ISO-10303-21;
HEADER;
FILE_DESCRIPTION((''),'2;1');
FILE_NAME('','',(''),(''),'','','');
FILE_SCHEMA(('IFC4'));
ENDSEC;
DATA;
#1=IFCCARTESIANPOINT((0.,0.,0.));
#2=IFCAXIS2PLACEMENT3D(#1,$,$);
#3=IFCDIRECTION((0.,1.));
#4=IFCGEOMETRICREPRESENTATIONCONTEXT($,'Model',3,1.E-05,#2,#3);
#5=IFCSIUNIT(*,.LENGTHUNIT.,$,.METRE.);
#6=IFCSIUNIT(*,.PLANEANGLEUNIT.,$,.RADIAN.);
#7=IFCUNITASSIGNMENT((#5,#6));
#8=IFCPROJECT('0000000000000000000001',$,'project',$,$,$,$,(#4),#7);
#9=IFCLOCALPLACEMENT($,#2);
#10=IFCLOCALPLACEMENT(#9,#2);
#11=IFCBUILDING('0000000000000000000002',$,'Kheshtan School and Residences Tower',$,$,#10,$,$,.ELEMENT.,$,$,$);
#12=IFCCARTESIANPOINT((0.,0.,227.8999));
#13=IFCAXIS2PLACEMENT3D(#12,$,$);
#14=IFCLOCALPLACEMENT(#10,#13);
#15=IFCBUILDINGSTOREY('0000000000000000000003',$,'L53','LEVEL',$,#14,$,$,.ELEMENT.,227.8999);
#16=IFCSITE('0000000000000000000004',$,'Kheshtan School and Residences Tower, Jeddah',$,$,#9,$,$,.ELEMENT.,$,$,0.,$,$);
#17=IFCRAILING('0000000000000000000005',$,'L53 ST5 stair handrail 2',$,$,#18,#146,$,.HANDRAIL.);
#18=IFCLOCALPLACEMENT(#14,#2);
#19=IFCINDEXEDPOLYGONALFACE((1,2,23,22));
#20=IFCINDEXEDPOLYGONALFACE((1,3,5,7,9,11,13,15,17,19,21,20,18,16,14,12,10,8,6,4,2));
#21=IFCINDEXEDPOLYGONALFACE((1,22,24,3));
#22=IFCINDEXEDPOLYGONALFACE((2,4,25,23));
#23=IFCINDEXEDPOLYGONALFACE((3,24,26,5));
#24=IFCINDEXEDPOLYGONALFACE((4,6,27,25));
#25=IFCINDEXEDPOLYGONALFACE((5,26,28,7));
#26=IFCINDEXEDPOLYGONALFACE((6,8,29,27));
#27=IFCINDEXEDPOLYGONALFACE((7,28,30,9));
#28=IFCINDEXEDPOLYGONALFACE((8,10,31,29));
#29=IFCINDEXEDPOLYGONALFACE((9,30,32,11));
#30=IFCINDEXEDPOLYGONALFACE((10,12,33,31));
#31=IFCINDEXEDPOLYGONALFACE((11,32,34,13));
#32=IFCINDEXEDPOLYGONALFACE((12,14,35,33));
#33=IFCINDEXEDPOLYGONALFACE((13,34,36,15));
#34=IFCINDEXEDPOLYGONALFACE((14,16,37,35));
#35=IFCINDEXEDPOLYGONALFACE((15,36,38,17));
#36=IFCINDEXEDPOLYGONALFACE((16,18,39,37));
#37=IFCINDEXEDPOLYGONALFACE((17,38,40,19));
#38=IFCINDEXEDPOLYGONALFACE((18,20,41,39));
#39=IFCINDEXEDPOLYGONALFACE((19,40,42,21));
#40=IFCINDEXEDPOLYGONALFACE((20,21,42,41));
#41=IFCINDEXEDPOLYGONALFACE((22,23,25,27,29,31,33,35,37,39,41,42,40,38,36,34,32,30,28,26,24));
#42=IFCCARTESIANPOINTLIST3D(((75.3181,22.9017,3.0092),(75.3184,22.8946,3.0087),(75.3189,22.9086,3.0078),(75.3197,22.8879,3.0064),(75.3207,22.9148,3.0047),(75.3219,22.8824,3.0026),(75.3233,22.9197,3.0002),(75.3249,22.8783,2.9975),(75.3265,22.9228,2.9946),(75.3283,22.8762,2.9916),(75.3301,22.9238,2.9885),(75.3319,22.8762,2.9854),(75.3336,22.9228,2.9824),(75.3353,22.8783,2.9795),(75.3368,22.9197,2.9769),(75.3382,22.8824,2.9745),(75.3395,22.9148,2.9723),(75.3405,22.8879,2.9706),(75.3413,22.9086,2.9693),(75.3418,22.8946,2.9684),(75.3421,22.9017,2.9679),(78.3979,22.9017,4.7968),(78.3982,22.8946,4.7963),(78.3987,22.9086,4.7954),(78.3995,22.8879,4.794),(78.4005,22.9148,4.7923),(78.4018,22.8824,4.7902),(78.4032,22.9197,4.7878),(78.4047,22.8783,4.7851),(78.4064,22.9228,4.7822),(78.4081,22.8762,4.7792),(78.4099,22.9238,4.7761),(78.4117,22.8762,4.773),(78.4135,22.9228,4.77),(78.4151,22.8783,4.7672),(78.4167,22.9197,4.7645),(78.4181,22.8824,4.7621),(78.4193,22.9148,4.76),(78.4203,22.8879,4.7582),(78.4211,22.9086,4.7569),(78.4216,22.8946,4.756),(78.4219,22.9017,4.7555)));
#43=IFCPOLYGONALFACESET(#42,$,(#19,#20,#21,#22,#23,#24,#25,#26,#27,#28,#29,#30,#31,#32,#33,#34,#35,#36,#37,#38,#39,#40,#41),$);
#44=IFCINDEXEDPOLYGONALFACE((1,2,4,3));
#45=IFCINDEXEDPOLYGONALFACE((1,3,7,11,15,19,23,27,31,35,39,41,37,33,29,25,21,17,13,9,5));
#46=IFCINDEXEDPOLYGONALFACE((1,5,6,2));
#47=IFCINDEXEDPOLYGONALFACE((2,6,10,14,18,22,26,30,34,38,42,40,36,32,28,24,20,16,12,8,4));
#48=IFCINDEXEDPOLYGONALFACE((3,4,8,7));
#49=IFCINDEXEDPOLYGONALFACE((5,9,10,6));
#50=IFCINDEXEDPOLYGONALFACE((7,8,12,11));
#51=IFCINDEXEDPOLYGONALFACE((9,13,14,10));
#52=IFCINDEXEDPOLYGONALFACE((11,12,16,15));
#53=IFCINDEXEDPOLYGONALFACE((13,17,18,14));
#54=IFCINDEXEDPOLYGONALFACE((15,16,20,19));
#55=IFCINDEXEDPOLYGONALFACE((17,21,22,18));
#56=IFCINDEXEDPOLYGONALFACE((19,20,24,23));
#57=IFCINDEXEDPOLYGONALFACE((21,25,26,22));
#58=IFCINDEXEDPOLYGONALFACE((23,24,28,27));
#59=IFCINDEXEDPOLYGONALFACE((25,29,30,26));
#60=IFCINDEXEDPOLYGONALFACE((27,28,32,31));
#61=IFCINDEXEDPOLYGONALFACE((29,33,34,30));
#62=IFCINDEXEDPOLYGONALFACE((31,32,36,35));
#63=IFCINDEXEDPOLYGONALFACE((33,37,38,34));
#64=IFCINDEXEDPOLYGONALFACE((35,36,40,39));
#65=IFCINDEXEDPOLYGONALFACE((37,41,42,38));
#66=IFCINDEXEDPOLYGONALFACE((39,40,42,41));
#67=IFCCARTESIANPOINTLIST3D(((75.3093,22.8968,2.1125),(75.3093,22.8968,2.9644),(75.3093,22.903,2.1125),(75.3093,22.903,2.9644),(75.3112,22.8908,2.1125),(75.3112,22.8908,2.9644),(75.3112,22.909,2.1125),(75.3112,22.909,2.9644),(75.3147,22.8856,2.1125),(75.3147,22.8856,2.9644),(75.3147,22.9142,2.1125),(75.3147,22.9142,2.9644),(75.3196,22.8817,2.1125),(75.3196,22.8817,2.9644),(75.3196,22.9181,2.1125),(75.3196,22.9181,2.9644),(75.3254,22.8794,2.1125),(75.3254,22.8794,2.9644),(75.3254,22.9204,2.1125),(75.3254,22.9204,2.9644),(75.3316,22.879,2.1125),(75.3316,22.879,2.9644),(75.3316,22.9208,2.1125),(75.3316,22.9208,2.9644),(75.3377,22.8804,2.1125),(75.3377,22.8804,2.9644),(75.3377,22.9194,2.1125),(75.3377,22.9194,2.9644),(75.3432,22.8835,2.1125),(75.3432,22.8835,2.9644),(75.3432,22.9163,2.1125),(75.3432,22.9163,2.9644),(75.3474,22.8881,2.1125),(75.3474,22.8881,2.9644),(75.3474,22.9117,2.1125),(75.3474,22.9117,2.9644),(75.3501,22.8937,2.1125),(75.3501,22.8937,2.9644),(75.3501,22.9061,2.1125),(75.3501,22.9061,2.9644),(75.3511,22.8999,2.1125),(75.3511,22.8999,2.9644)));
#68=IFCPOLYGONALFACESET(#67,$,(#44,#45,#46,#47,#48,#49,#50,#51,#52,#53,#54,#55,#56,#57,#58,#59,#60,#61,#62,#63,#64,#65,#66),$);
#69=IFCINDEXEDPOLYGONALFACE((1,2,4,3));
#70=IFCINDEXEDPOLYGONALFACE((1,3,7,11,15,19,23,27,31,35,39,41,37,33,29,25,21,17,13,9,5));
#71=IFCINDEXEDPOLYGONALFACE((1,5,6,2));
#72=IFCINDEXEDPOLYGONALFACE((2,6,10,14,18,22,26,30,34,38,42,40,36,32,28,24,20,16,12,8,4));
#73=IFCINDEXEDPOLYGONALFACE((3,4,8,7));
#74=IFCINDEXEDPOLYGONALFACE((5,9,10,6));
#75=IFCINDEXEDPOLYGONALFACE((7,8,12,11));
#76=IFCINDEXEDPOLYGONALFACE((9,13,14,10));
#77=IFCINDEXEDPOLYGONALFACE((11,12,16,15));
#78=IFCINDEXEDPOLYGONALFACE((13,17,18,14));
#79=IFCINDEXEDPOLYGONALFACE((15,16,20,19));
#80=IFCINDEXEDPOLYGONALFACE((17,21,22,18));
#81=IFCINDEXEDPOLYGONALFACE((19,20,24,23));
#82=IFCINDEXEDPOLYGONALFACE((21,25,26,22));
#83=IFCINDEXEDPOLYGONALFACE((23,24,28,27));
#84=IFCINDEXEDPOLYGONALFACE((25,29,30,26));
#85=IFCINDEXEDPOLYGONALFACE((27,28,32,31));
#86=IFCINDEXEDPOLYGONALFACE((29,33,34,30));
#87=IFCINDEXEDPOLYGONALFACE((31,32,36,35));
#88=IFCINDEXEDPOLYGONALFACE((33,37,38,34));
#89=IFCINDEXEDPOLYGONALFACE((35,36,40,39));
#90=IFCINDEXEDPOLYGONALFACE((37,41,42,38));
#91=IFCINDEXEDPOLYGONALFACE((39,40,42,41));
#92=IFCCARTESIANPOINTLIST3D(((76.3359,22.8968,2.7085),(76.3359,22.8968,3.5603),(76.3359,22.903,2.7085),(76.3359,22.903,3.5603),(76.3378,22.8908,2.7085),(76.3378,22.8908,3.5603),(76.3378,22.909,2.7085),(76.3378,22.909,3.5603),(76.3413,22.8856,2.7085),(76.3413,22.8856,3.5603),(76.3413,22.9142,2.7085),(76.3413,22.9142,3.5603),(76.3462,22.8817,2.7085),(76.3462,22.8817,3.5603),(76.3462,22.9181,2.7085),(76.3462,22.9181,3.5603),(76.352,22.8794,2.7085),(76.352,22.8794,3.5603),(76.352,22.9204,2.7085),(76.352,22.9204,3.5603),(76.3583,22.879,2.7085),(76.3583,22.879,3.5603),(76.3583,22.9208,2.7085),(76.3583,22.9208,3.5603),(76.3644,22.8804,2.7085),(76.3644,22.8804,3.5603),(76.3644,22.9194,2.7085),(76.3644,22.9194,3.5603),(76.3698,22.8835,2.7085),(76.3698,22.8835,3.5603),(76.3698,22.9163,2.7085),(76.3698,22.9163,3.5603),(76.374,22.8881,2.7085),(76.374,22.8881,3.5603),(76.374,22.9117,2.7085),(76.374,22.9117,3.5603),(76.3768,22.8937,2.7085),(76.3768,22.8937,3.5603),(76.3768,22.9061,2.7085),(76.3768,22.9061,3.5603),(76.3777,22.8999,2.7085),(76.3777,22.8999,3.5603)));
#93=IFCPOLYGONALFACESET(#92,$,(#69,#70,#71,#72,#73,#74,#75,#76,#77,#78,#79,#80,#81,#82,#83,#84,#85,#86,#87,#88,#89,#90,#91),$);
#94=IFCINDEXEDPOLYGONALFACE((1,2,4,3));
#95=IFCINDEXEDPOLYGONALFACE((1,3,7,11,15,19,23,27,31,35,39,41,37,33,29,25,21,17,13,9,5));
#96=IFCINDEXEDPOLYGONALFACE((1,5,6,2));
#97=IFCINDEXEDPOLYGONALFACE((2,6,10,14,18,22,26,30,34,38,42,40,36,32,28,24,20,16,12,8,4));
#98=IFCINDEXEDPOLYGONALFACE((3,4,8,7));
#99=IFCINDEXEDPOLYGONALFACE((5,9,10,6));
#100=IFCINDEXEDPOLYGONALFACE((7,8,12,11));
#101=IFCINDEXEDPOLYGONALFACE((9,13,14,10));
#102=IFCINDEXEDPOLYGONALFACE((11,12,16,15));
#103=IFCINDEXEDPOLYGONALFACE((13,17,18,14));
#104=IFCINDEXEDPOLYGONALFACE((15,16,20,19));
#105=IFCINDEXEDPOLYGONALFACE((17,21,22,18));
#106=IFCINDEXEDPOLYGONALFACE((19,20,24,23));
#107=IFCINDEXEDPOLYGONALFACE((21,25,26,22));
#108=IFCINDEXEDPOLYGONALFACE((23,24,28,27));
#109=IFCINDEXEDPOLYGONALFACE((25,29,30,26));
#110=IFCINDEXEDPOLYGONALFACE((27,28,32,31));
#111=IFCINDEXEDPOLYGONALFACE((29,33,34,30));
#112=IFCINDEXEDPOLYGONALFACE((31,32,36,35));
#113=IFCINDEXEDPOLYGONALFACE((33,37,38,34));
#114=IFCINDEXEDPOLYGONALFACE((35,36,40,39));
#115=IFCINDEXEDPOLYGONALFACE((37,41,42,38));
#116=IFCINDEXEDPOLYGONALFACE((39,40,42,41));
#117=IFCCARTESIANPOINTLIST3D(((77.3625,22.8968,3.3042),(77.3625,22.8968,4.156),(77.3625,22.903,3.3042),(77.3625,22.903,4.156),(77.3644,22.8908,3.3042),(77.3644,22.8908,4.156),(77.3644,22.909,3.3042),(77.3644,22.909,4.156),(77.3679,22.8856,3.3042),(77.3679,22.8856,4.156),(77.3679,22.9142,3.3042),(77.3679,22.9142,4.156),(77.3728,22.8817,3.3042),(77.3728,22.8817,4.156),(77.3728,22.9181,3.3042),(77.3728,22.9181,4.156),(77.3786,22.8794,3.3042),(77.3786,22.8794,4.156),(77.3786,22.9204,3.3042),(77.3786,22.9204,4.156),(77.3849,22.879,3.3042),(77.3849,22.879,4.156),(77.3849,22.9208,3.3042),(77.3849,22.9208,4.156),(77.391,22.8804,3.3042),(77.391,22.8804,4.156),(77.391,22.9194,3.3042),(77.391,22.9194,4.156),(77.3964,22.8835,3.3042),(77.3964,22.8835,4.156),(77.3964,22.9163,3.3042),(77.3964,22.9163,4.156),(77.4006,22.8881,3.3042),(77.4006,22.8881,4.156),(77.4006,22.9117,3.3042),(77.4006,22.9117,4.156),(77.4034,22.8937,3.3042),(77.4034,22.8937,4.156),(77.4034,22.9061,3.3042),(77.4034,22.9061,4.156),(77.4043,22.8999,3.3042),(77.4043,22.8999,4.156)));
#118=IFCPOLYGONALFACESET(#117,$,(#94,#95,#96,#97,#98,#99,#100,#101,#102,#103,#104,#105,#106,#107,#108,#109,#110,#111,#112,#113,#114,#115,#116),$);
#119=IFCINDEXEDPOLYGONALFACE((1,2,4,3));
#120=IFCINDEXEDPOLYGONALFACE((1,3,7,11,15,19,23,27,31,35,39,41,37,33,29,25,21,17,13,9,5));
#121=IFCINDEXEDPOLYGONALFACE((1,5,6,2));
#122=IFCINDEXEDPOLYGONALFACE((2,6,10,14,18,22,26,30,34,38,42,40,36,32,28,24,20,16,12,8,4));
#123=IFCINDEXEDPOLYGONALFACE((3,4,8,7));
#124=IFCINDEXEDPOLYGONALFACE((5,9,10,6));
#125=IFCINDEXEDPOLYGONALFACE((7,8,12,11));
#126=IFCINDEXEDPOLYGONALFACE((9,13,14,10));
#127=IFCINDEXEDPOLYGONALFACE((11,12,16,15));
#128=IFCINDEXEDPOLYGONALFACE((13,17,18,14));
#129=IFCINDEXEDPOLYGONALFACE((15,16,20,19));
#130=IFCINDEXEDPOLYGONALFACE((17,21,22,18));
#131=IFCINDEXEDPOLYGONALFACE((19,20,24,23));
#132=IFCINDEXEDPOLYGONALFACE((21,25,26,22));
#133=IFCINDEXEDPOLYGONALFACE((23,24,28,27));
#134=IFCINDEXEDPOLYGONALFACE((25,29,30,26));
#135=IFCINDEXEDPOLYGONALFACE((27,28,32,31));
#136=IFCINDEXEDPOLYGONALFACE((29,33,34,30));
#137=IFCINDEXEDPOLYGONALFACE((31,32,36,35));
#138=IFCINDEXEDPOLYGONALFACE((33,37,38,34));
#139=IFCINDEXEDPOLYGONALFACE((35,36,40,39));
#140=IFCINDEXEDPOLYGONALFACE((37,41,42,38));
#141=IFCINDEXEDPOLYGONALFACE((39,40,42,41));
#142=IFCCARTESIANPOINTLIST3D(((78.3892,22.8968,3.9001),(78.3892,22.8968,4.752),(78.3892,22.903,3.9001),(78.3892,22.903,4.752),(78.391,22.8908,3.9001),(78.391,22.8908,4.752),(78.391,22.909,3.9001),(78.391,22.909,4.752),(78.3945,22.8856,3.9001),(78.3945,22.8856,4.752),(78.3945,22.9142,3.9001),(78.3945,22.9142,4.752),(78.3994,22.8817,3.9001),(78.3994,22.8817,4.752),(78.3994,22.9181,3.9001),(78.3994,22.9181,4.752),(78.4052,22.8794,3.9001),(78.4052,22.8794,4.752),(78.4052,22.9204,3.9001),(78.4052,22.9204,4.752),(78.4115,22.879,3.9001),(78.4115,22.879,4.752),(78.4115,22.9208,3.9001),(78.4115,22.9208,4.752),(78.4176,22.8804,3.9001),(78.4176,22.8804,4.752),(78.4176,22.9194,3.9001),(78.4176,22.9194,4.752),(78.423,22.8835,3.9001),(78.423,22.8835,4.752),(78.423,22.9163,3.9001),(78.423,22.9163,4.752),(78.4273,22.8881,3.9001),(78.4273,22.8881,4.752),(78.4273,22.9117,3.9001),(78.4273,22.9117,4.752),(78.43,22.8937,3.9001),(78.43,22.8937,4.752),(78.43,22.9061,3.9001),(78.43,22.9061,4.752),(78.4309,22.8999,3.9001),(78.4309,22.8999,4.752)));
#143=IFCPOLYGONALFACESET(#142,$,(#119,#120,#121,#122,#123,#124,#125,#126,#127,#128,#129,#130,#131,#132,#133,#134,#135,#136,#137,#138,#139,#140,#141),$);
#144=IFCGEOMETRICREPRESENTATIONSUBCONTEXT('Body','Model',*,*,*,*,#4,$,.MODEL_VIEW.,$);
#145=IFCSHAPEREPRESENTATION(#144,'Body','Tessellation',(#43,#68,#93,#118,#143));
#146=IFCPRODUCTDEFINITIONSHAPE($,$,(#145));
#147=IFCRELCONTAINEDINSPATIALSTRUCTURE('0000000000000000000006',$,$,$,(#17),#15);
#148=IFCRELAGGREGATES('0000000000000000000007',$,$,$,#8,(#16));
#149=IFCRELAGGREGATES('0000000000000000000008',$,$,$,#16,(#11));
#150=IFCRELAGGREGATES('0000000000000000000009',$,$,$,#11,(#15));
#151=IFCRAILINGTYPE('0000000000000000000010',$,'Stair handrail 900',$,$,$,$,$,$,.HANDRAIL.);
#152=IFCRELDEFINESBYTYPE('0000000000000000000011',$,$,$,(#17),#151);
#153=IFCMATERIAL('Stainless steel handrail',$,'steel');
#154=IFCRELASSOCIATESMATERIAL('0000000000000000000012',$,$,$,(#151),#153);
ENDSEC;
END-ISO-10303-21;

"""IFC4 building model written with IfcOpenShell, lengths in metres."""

from ifc_helpers import new_model, si_unit, direction, frame, origin, origin_2d, place, context, subcontext, project, spatial, circle, extrude, material, type_object, element, save


model = new_model("IFC4")

# Units and contexts
model_context = context("Model", 3, precision=1e-05, world=origin(), true_north=direction((0.0, 1.0)))
body_context = subcontext(model_context, "Body", "Model", "MODEL_VIEW")
ifc_project = project(units=[si_unit("LENGTHUNIT", "METRE"), si_unit("PLANEANGLEUNIT", "RADIAN")], contexts=[model_context])

# Site, building, storey
site_placement = place(None, origin())
site = spatial("IfcSite", under=ifc_project, at=site_placement, Name="Kheshtan School and Residences Tower, Jeddah", CompositionType="ELEMENT", RefElevation=0.0)
building_placement = place(site_placement, origin())
building = spatial("IfcBuilding", under=site, at=building_placement, Name="Kheshtan School and Residences Tower", CompositionType="ELEMENT")
storey_placement = place(building_placement, frame((0.0, 0.0, 227.8999)))
storey = spatial("IfcBuildingStorey", under=building, at=storey_placement, Name="L53", Description="LEVEL", CompositionType="ELEMENT", Elevation=227.8999)

# Railing
ifc_material_1 = material(Name="Stainless steel handrail", Category="steel")
railing_type_1 = type_object("IfcRailingType", Name="Stair handrail 900", PredefinedType="HANDRAIL", material=ifc_material_1)
railing_1_placement = place(storey_placement, frame((75.3301, 22.8999, 2.1125)))
element("IfcRailing", 1, at=railing_1_placement, inside=storey, type_object=railing_type_1, Name="L53 ST5 stair handrail 2", PredefinedType="HANDRAIL", context=body_context, shape_type="SweptSolid", body=[
    extrude(circle(Radius=0.0239, at=origin_2d()), frame((0.0, 0.0, 0.876), z_axis=(0.864873, 0.0, 0.50199), x_axis=(0.0, 1.0, 0.0)), (0.0, 0.0, 1.0), 3.561),
    extrude(circle(Radius=0.021, at=origin_2d()), origin(), (0.0, 0.0, 1.0), 0.8518),
    extrude(circle(Radius=0.021, at=origin_2d()), frame((1.0266, 0.0, 0.5959)), (0.0, 0.0, 1.0), 0.8518),
    extrude(circle(Radius=0.021, at=origin_2d()), frame((2.0532, 0.0, 1.1917)), (0.0, 0.0, 1.0), 0.8518),
    extrude(circle(Radius=0.021, at=origin_2d()), frame((3.0798, 0.0, 1.7876)), (0.0, 0.0, 1.0), 0.8518),
])

save(model, "model.ifc")
